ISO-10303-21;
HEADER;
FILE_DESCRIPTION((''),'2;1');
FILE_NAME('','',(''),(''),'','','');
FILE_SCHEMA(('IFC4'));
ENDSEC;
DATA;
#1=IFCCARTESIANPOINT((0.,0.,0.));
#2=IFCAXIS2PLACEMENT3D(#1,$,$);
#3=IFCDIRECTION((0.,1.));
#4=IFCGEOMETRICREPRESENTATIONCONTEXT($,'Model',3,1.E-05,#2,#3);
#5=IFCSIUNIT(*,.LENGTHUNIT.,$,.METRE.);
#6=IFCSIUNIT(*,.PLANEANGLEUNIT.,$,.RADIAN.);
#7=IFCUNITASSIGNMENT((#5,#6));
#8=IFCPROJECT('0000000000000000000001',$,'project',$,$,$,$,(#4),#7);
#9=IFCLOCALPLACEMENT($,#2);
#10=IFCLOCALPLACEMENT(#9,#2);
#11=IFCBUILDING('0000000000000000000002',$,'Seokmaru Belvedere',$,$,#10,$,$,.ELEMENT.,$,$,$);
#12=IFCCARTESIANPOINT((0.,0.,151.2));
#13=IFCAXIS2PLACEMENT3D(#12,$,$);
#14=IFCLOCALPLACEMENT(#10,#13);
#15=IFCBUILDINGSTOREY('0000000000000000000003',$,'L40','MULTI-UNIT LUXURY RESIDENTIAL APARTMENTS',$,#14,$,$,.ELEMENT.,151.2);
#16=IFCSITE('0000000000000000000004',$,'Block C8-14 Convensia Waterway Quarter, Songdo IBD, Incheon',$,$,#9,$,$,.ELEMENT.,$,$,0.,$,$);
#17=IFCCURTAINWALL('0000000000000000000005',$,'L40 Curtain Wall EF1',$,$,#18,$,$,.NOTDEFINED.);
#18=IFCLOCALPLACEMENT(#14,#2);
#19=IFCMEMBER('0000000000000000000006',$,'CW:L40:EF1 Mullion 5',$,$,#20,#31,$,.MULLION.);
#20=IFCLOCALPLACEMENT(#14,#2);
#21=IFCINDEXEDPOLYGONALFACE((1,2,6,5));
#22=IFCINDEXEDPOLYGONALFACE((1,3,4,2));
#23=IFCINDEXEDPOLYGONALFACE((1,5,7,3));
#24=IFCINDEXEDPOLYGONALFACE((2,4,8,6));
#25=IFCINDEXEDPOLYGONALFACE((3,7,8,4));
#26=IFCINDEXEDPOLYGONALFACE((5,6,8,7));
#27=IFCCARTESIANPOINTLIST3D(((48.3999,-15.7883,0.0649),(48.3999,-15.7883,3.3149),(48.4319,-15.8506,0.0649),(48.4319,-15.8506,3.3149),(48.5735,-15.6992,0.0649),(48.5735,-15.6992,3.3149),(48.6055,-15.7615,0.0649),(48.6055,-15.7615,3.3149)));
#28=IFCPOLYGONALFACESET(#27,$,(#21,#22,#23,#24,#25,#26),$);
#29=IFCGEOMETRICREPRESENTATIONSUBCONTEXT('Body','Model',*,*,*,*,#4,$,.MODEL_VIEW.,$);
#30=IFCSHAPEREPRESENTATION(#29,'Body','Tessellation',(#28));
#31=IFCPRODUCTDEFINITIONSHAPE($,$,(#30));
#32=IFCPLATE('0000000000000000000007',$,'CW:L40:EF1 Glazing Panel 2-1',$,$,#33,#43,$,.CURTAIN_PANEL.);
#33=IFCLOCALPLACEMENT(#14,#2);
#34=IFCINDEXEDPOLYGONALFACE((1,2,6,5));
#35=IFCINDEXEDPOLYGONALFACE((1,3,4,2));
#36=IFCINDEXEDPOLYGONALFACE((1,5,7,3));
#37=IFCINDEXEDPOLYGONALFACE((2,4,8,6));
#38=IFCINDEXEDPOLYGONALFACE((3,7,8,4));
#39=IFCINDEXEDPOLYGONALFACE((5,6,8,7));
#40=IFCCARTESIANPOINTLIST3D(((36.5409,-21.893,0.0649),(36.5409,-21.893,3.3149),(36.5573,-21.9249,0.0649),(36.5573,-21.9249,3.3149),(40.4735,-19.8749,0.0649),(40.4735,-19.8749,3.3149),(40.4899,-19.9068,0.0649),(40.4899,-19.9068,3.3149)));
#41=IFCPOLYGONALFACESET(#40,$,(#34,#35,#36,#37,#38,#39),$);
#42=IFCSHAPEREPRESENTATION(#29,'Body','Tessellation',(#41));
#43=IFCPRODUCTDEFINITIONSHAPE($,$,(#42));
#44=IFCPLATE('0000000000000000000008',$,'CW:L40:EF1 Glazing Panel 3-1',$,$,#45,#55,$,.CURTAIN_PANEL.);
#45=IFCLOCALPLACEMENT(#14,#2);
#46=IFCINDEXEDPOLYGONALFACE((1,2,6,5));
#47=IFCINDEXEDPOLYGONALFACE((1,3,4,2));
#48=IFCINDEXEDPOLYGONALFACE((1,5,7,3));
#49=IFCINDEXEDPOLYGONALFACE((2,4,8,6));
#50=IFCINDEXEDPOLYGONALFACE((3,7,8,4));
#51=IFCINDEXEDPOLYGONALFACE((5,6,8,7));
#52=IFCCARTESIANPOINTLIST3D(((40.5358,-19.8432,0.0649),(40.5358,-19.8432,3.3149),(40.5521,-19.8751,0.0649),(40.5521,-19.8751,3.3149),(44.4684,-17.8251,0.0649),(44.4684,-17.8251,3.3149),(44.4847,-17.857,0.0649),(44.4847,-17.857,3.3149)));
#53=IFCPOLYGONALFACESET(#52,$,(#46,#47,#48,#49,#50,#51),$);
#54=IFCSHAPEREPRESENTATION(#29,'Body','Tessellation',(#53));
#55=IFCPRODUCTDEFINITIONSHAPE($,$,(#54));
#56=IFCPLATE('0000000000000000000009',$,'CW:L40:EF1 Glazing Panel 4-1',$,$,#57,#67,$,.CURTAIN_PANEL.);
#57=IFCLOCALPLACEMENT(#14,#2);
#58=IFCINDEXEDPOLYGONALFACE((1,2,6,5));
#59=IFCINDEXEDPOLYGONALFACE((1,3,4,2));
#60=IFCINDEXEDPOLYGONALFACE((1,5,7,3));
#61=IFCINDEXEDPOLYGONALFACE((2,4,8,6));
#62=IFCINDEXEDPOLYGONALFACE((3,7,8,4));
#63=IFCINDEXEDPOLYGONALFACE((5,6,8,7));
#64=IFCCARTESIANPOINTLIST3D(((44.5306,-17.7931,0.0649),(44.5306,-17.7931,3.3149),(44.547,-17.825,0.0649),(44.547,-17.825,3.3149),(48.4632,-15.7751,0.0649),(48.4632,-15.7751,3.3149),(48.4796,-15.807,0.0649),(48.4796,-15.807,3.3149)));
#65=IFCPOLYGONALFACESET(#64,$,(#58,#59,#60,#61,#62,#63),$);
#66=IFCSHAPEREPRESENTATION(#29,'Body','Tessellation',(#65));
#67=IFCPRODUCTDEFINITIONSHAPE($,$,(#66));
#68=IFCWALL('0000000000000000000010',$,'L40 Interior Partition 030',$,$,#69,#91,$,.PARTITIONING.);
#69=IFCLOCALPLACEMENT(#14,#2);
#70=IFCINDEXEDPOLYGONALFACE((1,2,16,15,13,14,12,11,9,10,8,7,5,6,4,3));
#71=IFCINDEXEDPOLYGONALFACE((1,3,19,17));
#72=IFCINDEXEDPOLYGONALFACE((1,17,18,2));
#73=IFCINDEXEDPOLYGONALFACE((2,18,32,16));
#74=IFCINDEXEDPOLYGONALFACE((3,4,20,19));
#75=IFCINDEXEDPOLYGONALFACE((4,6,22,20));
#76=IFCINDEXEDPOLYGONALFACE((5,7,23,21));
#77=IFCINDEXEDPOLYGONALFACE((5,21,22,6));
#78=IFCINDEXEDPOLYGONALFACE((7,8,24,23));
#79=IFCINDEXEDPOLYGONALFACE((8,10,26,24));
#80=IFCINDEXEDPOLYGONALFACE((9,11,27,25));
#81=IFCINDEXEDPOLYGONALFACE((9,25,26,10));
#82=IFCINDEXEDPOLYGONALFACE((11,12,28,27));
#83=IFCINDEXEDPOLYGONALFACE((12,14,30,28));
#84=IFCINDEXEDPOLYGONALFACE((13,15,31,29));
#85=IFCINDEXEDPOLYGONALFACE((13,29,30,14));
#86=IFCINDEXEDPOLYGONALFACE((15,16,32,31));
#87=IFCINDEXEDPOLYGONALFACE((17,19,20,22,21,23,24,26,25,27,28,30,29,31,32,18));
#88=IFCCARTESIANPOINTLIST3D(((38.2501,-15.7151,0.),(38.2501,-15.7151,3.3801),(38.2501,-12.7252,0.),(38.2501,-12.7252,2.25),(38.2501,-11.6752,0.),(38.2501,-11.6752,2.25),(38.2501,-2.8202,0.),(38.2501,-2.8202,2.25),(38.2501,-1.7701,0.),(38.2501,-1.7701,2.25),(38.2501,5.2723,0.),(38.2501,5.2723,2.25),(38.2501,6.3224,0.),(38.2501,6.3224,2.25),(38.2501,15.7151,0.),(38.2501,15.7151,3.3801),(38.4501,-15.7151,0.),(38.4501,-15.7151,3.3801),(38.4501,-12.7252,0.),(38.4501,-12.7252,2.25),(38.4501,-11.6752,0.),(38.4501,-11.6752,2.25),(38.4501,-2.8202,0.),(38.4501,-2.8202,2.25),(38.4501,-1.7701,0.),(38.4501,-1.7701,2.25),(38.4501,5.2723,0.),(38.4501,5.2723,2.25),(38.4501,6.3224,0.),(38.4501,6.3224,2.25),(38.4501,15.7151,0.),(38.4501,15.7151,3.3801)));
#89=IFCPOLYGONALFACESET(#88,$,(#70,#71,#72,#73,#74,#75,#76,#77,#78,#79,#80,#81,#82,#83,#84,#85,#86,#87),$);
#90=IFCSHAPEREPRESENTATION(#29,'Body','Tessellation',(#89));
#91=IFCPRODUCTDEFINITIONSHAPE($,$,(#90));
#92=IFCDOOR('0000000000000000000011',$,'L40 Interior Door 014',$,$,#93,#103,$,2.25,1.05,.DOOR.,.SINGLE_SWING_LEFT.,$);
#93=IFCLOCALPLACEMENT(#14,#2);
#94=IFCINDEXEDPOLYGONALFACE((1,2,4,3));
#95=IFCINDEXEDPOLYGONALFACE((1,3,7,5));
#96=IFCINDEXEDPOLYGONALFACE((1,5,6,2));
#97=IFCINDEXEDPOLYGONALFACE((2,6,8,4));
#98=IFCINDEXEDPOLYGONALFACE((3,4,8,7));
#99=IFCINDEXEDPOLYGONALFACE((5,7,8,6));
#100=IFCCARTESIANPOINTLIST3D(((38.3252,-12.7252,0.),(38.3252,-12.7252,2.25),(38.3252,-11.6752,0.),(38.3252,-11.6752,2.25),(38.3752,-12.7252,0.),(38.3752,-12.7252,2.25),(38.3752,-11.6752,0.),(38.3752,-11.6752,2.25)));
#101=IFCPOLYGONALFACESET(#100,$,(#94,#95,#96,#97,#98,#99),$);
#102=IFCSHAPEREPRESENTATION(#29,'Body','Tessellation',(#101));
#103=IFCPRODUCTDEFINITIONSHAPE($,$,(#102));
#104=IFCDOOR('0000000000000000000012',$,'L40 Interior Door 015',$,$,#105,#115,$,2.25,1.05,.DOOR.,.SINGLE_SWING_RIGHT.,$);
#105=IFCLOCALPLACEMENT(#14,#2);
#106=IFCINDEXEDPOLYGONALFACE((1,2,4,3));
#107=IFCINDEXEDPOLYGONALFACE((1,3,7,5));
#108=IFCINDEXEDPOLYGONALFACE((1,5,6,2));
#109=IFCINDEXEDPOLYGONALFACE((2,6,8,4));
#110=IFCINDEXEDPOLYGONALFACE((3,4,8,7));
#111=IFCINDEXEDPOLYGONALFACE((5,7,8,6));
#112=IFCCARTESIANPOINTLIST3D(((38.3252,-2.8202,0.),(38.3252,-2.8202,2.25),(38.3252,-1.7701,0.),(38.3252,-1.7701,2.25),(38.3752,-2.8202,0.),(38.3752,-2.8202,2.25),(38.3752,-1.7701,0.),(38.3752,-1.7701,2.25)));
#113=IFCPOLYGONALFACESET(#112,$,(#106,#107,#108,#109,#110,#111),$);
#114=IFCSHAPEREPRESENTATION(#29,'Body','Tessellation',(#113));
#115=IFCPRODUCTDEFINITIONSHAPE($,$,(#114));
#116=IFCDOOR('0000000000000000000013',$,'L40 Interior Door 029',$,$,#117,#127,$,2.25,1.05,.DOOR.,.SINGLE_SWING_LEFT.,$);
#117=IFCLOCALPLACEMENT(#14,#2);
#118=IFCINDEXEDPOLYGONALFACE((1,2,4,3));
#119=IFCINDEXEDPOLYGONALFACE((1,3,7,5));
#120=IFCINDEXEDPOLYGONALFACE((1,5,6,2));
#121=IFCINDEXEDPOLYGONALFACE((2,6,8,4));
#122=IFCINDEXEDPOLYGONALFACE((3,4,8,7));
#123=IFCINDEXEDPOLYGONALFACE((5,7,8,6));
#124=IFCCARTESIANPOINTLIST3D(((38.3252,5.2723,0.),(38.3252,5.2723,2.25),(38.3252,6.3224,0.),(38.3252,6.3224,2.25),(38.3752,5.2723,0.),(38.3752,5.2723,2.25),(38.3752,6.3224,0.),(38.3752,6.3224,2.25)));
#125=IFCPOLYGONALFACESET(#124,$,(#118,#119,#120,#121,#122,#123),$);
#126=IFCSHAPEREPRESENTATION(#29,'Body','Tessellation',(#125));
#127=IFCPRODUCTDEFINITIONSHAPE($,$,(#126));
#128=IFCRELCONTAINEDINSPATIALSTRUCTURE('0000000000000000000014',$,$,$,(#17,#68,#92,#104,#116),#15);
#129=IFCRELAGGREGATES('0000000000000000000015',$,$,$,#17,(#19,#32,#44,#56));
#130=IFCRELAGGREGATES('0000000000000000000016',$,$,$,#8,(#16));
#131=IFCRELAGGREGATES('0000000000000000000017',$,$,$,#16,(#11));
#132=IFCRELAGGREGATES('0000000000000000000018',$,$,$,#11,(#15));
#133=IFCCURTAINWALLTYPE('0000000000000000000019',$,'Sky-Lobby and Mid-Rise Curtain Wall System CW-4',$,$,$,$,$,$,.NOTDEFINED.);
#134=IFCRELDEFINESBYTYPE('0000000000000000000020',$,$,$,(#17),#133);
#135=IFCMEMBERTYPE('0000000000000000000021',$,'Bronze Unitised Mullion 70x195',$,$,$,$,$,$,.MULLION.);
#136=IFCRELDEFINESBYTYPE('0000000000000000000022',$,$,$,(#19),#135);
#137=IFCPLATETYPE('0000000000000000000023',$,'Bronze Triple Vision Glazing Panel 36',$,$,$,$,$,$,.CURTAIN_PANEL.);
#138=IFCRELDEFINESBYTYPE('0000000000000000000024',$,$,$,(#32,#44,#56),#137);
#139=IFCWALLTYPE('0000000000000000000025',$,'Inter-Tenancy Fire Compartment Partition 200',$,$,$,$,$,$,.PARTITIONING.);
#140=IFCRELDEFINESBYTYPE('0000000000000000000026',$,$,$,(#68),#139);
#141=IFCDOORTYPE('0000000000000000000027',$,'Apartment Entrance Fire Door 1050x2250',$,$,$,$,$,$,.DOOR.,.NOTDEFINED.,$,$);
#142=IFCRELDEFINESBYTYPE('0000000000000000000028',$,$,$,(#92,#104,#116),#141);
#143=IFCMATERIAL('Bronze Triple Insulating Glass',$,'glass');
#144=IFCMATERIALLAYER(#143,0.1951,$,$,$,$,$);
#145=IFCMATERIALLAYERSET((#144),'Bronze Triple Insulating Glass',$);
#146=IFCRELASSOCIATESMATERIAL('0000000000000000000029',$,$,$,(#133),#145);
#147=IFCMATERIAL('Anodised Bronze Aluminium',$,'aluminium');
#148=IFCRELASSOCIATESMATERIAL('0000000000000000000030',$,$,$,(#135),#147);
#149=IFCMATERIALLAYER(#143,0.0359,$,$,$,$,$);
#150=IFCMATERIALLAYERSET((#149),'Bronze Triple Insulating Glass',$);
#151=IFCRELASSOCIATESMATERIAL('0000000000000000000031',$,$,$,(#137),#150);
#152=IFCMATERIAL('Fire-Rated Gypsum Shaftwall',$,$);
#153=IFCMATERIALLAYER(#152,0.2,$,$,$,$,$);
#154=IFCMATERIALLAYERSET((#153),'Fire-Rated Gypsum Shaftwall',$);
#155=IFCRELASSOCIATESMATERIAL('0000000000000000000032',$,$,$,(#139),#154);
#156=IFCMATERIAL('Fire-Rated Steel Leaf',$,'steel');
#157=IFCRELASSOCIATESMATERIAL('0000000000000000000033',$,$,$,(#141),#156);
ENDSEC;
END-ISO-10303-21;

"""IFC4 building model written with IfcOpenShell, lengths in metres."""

from ifc_helpers import new_model, si_unit, direction, frame, frame_2d, origin, origin_2d, place, context, subcontext, project, spatial, rectangle, extrude, source, transform, mapped, material, layer, layer_set, material_profile, profile_set, type_object, type_shapes, element, fill, aggregate, save


model = new_model("IFC4")

# Units and contexts
model_context = context("Model", 3, precision=1e-05, world=origin(), true_north=direction((0.0, 1.0)))
body_context = subcontext(model_context, "Body", "Model", "MODEL_VIEW")
ifc_project = project(units=[si_unit("LENGTHUNIT", "METRE"), si_unit("PLANEANGLEUNIT", "RADIAN")], contexts=[model_context])

# Site, building, storey
site_placement = place(None, origin())
site = spatial("IfcSite", under=ifc_project, at=site_placement, Name="Block C8-14 Convensia Waterway Quarter, Songdo IBD, Incheon", CompositionType="ELEMENT", RefElevation=0.0)
building_placement = place(site_placement, origin())
building = spatial("IfcBuilding", under=site, at=building_placement, Name="Seokmaru Belvedere", CompositionType="ELEMENT")
storey_placement = place(building_placement, frame((0.0, 0.0, 151.2)))
storey = spatial("IfcBuildingStorey", under=building, at=storey_placement, Name="L40", Description="MULTI-UNIT LUXURY RESIDENTIAL APARTMENTS", CompositionType="ELEMENT", Elevation=151.2)

# Curtain wall, member, plates
ifc_material_1 = material(Name="Bronze Triple Insulating Glass", Category="glass")
ifc_layer_1 = layer(ifc_material_1, 0.1951)
ifc_layer_set_1 = layer_set([ifc_layer_1], Name="Bronze Triple Insulating Glass")
curtain_wall_type = type_object("IfcCurtainWallType", Name="Sky-Lobby and Mid-Rise Curtain Wall System CW-4", PredefinedType="NOTDEFINED", material=ifc_layer_set_1)
curtain_wall_placement = place(storey_placement, origin())
curtain_wall = element("IfcCurtainWall", 1, at=curtain_wall_placement, inside=storey, type_object=curtain_wall_type, Name="L40 Curtain Wall EF1", PredefinedType="NOTDEFINED")
ifc_material_2 = material(Name="Anodised Bronze Aluminium", Category="aluminium")
ifc_material_profile_1 = material_profile(ifc_material_2, rectangle(XDim=0.0701, YDim=0.1951, at=origin_2d()), Name="CW-M-70x195")
ifc_profile_set_1 = profile_set([ifc_material_profile_1], Name="Anodised Bronze Aluminium")
member_type = type_object("IfcMemberType", Name="Bronze Unitised Mullion 70x195", PredefinedType="MULLION", material=ifc_profile_set_1)
shared_shape_1 = source(origin(), body_context, "Body", "SweptSolid", [
    extrude(rectangle(XDim=0.0701, YDim=0.1951, at=origin_2d()), origin(), (0.0, 0.0, 1.0), 3.25),
])
type_shapes(member_type, [shared_shape_1])
member_1_placement = place(storey_placement, frame((48.5027, -15.7749, 0.0649), z_axis=(0.0, 0.0, 1.0), x_axis=(-0.456555, 0.889695, 0.0)))
member_1 = element("IfcMember", 2, at=member_1_placement, type_object=member_type, Name="CW:L40:EF1 Mullion 5", PredefinedType="MULLION", context=body_context, shape_type="MappedRepresentation", body=[
    mapped(shared_shape_1, transform((0.0, 0.0, 0.0), scale=1.0)),
])
ifc_layer_2 = layer(ifc_material_1, 0.0359)
ifc_layer_set_2 = layer_set([ifc_layer_2], Name="Bronze Triple Insulating Glass")
plate_type = type_object("IfcPlateType", Name="Bronze Triple Vision Glazing Panel 36", PredefinedType="CURTAIN_PANEL", material=ifc_layer_set_2)
shared_shape_2 = source(origin(), body_context, "Body", "SweptSolid", [
    extrude(rectangle(XDim=4.4202, YDim=0.0359, at=origin_2d()), origin(), (0.0, 0.0, 1.0), 3.25),
])
type_shapes(plate_type, [shared_shape_2])
plate_1_placement = place(storey_placement, frame((38.5154, -20.8999, 0.0649), z_axis=(0.0, 0.0, 1.0), x_axis=(0.889695, 0.456555, 0.0)))
plate_1 = element("IfcPlate", 3, at=plate_1_placement, type_object=plate_type, Name="CW:L40:EF1 Glazing Panel 2-1", PredefinedType="CURTAIN_PANEL", context=body_context, shape_type="MappedRepresentation", body=[
    mapped(shared_shape_2, transform((0.0, 0.0, 0.0), scale=1.0)),
])
plate_2_placement = place(storey_placement, frame((42.5103, -18.8501, 0.0649), z_axis=(0.0, 0.0, 1.0), x_axis=(0.889695, 0.456555, 0.0)))
plate_2 = element("IfcPlate", 4, at=plate_2_placement, type_object=plate_type, Name="CW:L40:EF1 Glazing Panel 3-1", PredefinedType="CURTAIN_PANEL", context=body_context, shape_type="MappedRepresentation", body=[
    mapped(shared_shape_2, transform((0.0, 0.0, 0.0), scale=1.0)),
])
plate_3_placement = place(storey_placement, frame((46.5051, -16.8, 0.0649), z_axis=(0.0, 0.0, 1.0), x_axis=(0.889695, 0.456555, 0.0)))
plate_3 = element("IfcPlate", 5, at=plate_3_placement, type_object=plate_type, Name="CW:L40:EF1 Glazing Panel 4-1", PredefinedType="CURTAIN_PANEL", context=body_context, shape_type="MappedRepresentation", body=[
    mapped(shared_shape_2, transform((0.0, 0.0, 0.0), scale=1.0)),
])
aggregate(curtain_wall, [member_1, plate_1, plate_2, plate_3])

# Wall, openings, doors
ifc_material_3 = material(Name="Fire-Rated Gypsum Shaftwall")
ifc_layer_3 = layer(ifc_material_3, 0.2)
ifc_layer_set_3 = layer_set([ifc_layer_3], Name="Fire-Rated Gypsum Shaftwall")
wall_type = type_object("IfcWallType", Name="Inter-Tenancy Fire Compartment Partition 200", PredefinedType="PARTITIONING", material=ifc_layer_set_3)
wall_placement = place(storey_placement, frame((38.3501, -15.7151, 0.0), z_axis=(0.0, 0.0, 1.0), x_axis=(0.0, 1.0, 0.0)))
wall = element("IfcWall", 6, at=wall_placement, inside=storey, type_object=wall_type, Name="L40 Interior Partition 030", PredefinedType="PARTITIONING", context=body_context, shape_type="SweptSolid", body=[
    extrude(rectangle(XDim=31.4302, YDim=0.2, at=frame_2d((15.7151, 0.0))), origin(), (0.0, 0.0, 1.0), 3.3801),
])
opening_1_placement = place(wall_placement, frame((2.99, 0.0, 0.0)))
opening_1 = element("IfcOpeningElement", 7, at=opening_1_placement, cuts=wall, PredefinedType="OPENING", context=body_context, shape_type="SweptSolid", body=[
    extrude(rectangle(XDim=1.05, YDim=2.25, at=frame_2d((0.5249, 1.125))), frame((0.0, 0.1099, 0.0), z_axis=(0.0, -1.0, 0.0), x_axis=(1.0, 0.0, 0.0)), (0.0, 0.0, 1.0), 0.22),
])
opening_2_placement = place(wall_placement, frame((12.895, 0.0, 0.0)))
opening_2 = element("IfcOpeningElement", 8, at=opening_2_placement, cuts=wall, PredefinedType="OPENING", context=body_context, shape_type="SweptSolid", body=[
    extrude(rectangle(XDim=1.05, YDim=2.25, at=frame_2d((0.5249, 1.125))), frame((0.0, 0.1099, 0.0), z_axis=(0.0, -1.0, 0.0), x_axis=(1.0, 0.0, 0.0)), (0.0, 0.0, 1.0), 0.22),
])
opening_3_placement = place(wall_placement, frame((20.9875, 0.0, 0.0)))
opening_3 = element("IfcOpeningElement", 9, at=opening_3_placement, cuts=wall, PredefinedType="OPENING", context=body_context, shape_type="SweptSolid", body=[
    extrude(rectangle(XDim=1.05, YDim=2.25, at=frame_2d((0.5249, 1.125))), frame((0.0, 0.1099, 0.0), z_axis=(0.0, -1.0, 0.0), x_axis=(1.0, 0.0, 0.0)), (0.0, 0.0, 1.0), 0.22),
])
ifc_material_4 = material(Name="Fire-Rated Steel Leaf", Category="steel")
door_type = type_object("IfcDoorType", Name="Apartment Entrance Fire Door 1050x2250", OperationType="NOTDEFINED", PredefinedType="DOOR", material=ifc_material_4)
shared_shape_3 = source(origin(), body_context, "Body", "SweptSolid", [
    extrude(rectangle(XDim=1.05, YDim=2.25, at=frame_2d((0.5249, 1.125))), frame((0.0, 0.0249, 0.0), z_axis=(0.0, -1.0, 0.0), x_axis=(1.0, 0.0, 0.0)), (0.0, 0.0, 1.0), 0.05),
])
type_shapes(door_type, [shared_shape_3])
door_1_placement = place(opening_1_placement, origin())
door_1 = element("IfcDoor", 10, at=door_1_placement, inside=storey, type_object=door_type, Name="L40 Interior Door 014", OperationType="SINGLE_SWING_LEFT", OverallHeight=2.25, OverallWidth=1.05, PredefinedType="DOOR", context=body_context, shape_type="MappedRepresentation", body=[
    mapped(shared_shape_3, transform((0.0, 0.0, 0.0), scale=1.0)),
])
fill(opening_1, door_1)
door_2_placement = place(opening_2_placement, origin())
door_2 = element("IfcDoor", 11, at=door_2_placement, inside=storey, type_object=door_type, Name="L40 Interior Door 015", OperationType="SINGLE_SWING_RIGHT", OverallHeight=2.25, OverallWidth=1.05, PredefinedType="DOOR", context=body_context, shape_type="MappedRepresentation", body=[
    mapped(shared_shape_3, transform((0.0, 0.0, 0.0), scale=1.0)),
])
fill(opening_2, door_2)
door_3_placement = place(opening_3_placement, origin())
door_3 = element("IfcDoor", 12, at=door_3_placement, inside=storey, type_object=door_type, Name="L40 Interior Door 029", OperationType="SINGLE_SWING_LEFT", OverallHeight=2.25, OverallWidth=1.05, PredefinedType="DOOR", context=body_context, shape_type="MappedRepresentation", body=[
    mapped(shared_shape_3, transform((0.0, 0.0, 0.0), scale=1.0)),
])
fill(opening_3, door_3)

save(model, "model.ifc")
